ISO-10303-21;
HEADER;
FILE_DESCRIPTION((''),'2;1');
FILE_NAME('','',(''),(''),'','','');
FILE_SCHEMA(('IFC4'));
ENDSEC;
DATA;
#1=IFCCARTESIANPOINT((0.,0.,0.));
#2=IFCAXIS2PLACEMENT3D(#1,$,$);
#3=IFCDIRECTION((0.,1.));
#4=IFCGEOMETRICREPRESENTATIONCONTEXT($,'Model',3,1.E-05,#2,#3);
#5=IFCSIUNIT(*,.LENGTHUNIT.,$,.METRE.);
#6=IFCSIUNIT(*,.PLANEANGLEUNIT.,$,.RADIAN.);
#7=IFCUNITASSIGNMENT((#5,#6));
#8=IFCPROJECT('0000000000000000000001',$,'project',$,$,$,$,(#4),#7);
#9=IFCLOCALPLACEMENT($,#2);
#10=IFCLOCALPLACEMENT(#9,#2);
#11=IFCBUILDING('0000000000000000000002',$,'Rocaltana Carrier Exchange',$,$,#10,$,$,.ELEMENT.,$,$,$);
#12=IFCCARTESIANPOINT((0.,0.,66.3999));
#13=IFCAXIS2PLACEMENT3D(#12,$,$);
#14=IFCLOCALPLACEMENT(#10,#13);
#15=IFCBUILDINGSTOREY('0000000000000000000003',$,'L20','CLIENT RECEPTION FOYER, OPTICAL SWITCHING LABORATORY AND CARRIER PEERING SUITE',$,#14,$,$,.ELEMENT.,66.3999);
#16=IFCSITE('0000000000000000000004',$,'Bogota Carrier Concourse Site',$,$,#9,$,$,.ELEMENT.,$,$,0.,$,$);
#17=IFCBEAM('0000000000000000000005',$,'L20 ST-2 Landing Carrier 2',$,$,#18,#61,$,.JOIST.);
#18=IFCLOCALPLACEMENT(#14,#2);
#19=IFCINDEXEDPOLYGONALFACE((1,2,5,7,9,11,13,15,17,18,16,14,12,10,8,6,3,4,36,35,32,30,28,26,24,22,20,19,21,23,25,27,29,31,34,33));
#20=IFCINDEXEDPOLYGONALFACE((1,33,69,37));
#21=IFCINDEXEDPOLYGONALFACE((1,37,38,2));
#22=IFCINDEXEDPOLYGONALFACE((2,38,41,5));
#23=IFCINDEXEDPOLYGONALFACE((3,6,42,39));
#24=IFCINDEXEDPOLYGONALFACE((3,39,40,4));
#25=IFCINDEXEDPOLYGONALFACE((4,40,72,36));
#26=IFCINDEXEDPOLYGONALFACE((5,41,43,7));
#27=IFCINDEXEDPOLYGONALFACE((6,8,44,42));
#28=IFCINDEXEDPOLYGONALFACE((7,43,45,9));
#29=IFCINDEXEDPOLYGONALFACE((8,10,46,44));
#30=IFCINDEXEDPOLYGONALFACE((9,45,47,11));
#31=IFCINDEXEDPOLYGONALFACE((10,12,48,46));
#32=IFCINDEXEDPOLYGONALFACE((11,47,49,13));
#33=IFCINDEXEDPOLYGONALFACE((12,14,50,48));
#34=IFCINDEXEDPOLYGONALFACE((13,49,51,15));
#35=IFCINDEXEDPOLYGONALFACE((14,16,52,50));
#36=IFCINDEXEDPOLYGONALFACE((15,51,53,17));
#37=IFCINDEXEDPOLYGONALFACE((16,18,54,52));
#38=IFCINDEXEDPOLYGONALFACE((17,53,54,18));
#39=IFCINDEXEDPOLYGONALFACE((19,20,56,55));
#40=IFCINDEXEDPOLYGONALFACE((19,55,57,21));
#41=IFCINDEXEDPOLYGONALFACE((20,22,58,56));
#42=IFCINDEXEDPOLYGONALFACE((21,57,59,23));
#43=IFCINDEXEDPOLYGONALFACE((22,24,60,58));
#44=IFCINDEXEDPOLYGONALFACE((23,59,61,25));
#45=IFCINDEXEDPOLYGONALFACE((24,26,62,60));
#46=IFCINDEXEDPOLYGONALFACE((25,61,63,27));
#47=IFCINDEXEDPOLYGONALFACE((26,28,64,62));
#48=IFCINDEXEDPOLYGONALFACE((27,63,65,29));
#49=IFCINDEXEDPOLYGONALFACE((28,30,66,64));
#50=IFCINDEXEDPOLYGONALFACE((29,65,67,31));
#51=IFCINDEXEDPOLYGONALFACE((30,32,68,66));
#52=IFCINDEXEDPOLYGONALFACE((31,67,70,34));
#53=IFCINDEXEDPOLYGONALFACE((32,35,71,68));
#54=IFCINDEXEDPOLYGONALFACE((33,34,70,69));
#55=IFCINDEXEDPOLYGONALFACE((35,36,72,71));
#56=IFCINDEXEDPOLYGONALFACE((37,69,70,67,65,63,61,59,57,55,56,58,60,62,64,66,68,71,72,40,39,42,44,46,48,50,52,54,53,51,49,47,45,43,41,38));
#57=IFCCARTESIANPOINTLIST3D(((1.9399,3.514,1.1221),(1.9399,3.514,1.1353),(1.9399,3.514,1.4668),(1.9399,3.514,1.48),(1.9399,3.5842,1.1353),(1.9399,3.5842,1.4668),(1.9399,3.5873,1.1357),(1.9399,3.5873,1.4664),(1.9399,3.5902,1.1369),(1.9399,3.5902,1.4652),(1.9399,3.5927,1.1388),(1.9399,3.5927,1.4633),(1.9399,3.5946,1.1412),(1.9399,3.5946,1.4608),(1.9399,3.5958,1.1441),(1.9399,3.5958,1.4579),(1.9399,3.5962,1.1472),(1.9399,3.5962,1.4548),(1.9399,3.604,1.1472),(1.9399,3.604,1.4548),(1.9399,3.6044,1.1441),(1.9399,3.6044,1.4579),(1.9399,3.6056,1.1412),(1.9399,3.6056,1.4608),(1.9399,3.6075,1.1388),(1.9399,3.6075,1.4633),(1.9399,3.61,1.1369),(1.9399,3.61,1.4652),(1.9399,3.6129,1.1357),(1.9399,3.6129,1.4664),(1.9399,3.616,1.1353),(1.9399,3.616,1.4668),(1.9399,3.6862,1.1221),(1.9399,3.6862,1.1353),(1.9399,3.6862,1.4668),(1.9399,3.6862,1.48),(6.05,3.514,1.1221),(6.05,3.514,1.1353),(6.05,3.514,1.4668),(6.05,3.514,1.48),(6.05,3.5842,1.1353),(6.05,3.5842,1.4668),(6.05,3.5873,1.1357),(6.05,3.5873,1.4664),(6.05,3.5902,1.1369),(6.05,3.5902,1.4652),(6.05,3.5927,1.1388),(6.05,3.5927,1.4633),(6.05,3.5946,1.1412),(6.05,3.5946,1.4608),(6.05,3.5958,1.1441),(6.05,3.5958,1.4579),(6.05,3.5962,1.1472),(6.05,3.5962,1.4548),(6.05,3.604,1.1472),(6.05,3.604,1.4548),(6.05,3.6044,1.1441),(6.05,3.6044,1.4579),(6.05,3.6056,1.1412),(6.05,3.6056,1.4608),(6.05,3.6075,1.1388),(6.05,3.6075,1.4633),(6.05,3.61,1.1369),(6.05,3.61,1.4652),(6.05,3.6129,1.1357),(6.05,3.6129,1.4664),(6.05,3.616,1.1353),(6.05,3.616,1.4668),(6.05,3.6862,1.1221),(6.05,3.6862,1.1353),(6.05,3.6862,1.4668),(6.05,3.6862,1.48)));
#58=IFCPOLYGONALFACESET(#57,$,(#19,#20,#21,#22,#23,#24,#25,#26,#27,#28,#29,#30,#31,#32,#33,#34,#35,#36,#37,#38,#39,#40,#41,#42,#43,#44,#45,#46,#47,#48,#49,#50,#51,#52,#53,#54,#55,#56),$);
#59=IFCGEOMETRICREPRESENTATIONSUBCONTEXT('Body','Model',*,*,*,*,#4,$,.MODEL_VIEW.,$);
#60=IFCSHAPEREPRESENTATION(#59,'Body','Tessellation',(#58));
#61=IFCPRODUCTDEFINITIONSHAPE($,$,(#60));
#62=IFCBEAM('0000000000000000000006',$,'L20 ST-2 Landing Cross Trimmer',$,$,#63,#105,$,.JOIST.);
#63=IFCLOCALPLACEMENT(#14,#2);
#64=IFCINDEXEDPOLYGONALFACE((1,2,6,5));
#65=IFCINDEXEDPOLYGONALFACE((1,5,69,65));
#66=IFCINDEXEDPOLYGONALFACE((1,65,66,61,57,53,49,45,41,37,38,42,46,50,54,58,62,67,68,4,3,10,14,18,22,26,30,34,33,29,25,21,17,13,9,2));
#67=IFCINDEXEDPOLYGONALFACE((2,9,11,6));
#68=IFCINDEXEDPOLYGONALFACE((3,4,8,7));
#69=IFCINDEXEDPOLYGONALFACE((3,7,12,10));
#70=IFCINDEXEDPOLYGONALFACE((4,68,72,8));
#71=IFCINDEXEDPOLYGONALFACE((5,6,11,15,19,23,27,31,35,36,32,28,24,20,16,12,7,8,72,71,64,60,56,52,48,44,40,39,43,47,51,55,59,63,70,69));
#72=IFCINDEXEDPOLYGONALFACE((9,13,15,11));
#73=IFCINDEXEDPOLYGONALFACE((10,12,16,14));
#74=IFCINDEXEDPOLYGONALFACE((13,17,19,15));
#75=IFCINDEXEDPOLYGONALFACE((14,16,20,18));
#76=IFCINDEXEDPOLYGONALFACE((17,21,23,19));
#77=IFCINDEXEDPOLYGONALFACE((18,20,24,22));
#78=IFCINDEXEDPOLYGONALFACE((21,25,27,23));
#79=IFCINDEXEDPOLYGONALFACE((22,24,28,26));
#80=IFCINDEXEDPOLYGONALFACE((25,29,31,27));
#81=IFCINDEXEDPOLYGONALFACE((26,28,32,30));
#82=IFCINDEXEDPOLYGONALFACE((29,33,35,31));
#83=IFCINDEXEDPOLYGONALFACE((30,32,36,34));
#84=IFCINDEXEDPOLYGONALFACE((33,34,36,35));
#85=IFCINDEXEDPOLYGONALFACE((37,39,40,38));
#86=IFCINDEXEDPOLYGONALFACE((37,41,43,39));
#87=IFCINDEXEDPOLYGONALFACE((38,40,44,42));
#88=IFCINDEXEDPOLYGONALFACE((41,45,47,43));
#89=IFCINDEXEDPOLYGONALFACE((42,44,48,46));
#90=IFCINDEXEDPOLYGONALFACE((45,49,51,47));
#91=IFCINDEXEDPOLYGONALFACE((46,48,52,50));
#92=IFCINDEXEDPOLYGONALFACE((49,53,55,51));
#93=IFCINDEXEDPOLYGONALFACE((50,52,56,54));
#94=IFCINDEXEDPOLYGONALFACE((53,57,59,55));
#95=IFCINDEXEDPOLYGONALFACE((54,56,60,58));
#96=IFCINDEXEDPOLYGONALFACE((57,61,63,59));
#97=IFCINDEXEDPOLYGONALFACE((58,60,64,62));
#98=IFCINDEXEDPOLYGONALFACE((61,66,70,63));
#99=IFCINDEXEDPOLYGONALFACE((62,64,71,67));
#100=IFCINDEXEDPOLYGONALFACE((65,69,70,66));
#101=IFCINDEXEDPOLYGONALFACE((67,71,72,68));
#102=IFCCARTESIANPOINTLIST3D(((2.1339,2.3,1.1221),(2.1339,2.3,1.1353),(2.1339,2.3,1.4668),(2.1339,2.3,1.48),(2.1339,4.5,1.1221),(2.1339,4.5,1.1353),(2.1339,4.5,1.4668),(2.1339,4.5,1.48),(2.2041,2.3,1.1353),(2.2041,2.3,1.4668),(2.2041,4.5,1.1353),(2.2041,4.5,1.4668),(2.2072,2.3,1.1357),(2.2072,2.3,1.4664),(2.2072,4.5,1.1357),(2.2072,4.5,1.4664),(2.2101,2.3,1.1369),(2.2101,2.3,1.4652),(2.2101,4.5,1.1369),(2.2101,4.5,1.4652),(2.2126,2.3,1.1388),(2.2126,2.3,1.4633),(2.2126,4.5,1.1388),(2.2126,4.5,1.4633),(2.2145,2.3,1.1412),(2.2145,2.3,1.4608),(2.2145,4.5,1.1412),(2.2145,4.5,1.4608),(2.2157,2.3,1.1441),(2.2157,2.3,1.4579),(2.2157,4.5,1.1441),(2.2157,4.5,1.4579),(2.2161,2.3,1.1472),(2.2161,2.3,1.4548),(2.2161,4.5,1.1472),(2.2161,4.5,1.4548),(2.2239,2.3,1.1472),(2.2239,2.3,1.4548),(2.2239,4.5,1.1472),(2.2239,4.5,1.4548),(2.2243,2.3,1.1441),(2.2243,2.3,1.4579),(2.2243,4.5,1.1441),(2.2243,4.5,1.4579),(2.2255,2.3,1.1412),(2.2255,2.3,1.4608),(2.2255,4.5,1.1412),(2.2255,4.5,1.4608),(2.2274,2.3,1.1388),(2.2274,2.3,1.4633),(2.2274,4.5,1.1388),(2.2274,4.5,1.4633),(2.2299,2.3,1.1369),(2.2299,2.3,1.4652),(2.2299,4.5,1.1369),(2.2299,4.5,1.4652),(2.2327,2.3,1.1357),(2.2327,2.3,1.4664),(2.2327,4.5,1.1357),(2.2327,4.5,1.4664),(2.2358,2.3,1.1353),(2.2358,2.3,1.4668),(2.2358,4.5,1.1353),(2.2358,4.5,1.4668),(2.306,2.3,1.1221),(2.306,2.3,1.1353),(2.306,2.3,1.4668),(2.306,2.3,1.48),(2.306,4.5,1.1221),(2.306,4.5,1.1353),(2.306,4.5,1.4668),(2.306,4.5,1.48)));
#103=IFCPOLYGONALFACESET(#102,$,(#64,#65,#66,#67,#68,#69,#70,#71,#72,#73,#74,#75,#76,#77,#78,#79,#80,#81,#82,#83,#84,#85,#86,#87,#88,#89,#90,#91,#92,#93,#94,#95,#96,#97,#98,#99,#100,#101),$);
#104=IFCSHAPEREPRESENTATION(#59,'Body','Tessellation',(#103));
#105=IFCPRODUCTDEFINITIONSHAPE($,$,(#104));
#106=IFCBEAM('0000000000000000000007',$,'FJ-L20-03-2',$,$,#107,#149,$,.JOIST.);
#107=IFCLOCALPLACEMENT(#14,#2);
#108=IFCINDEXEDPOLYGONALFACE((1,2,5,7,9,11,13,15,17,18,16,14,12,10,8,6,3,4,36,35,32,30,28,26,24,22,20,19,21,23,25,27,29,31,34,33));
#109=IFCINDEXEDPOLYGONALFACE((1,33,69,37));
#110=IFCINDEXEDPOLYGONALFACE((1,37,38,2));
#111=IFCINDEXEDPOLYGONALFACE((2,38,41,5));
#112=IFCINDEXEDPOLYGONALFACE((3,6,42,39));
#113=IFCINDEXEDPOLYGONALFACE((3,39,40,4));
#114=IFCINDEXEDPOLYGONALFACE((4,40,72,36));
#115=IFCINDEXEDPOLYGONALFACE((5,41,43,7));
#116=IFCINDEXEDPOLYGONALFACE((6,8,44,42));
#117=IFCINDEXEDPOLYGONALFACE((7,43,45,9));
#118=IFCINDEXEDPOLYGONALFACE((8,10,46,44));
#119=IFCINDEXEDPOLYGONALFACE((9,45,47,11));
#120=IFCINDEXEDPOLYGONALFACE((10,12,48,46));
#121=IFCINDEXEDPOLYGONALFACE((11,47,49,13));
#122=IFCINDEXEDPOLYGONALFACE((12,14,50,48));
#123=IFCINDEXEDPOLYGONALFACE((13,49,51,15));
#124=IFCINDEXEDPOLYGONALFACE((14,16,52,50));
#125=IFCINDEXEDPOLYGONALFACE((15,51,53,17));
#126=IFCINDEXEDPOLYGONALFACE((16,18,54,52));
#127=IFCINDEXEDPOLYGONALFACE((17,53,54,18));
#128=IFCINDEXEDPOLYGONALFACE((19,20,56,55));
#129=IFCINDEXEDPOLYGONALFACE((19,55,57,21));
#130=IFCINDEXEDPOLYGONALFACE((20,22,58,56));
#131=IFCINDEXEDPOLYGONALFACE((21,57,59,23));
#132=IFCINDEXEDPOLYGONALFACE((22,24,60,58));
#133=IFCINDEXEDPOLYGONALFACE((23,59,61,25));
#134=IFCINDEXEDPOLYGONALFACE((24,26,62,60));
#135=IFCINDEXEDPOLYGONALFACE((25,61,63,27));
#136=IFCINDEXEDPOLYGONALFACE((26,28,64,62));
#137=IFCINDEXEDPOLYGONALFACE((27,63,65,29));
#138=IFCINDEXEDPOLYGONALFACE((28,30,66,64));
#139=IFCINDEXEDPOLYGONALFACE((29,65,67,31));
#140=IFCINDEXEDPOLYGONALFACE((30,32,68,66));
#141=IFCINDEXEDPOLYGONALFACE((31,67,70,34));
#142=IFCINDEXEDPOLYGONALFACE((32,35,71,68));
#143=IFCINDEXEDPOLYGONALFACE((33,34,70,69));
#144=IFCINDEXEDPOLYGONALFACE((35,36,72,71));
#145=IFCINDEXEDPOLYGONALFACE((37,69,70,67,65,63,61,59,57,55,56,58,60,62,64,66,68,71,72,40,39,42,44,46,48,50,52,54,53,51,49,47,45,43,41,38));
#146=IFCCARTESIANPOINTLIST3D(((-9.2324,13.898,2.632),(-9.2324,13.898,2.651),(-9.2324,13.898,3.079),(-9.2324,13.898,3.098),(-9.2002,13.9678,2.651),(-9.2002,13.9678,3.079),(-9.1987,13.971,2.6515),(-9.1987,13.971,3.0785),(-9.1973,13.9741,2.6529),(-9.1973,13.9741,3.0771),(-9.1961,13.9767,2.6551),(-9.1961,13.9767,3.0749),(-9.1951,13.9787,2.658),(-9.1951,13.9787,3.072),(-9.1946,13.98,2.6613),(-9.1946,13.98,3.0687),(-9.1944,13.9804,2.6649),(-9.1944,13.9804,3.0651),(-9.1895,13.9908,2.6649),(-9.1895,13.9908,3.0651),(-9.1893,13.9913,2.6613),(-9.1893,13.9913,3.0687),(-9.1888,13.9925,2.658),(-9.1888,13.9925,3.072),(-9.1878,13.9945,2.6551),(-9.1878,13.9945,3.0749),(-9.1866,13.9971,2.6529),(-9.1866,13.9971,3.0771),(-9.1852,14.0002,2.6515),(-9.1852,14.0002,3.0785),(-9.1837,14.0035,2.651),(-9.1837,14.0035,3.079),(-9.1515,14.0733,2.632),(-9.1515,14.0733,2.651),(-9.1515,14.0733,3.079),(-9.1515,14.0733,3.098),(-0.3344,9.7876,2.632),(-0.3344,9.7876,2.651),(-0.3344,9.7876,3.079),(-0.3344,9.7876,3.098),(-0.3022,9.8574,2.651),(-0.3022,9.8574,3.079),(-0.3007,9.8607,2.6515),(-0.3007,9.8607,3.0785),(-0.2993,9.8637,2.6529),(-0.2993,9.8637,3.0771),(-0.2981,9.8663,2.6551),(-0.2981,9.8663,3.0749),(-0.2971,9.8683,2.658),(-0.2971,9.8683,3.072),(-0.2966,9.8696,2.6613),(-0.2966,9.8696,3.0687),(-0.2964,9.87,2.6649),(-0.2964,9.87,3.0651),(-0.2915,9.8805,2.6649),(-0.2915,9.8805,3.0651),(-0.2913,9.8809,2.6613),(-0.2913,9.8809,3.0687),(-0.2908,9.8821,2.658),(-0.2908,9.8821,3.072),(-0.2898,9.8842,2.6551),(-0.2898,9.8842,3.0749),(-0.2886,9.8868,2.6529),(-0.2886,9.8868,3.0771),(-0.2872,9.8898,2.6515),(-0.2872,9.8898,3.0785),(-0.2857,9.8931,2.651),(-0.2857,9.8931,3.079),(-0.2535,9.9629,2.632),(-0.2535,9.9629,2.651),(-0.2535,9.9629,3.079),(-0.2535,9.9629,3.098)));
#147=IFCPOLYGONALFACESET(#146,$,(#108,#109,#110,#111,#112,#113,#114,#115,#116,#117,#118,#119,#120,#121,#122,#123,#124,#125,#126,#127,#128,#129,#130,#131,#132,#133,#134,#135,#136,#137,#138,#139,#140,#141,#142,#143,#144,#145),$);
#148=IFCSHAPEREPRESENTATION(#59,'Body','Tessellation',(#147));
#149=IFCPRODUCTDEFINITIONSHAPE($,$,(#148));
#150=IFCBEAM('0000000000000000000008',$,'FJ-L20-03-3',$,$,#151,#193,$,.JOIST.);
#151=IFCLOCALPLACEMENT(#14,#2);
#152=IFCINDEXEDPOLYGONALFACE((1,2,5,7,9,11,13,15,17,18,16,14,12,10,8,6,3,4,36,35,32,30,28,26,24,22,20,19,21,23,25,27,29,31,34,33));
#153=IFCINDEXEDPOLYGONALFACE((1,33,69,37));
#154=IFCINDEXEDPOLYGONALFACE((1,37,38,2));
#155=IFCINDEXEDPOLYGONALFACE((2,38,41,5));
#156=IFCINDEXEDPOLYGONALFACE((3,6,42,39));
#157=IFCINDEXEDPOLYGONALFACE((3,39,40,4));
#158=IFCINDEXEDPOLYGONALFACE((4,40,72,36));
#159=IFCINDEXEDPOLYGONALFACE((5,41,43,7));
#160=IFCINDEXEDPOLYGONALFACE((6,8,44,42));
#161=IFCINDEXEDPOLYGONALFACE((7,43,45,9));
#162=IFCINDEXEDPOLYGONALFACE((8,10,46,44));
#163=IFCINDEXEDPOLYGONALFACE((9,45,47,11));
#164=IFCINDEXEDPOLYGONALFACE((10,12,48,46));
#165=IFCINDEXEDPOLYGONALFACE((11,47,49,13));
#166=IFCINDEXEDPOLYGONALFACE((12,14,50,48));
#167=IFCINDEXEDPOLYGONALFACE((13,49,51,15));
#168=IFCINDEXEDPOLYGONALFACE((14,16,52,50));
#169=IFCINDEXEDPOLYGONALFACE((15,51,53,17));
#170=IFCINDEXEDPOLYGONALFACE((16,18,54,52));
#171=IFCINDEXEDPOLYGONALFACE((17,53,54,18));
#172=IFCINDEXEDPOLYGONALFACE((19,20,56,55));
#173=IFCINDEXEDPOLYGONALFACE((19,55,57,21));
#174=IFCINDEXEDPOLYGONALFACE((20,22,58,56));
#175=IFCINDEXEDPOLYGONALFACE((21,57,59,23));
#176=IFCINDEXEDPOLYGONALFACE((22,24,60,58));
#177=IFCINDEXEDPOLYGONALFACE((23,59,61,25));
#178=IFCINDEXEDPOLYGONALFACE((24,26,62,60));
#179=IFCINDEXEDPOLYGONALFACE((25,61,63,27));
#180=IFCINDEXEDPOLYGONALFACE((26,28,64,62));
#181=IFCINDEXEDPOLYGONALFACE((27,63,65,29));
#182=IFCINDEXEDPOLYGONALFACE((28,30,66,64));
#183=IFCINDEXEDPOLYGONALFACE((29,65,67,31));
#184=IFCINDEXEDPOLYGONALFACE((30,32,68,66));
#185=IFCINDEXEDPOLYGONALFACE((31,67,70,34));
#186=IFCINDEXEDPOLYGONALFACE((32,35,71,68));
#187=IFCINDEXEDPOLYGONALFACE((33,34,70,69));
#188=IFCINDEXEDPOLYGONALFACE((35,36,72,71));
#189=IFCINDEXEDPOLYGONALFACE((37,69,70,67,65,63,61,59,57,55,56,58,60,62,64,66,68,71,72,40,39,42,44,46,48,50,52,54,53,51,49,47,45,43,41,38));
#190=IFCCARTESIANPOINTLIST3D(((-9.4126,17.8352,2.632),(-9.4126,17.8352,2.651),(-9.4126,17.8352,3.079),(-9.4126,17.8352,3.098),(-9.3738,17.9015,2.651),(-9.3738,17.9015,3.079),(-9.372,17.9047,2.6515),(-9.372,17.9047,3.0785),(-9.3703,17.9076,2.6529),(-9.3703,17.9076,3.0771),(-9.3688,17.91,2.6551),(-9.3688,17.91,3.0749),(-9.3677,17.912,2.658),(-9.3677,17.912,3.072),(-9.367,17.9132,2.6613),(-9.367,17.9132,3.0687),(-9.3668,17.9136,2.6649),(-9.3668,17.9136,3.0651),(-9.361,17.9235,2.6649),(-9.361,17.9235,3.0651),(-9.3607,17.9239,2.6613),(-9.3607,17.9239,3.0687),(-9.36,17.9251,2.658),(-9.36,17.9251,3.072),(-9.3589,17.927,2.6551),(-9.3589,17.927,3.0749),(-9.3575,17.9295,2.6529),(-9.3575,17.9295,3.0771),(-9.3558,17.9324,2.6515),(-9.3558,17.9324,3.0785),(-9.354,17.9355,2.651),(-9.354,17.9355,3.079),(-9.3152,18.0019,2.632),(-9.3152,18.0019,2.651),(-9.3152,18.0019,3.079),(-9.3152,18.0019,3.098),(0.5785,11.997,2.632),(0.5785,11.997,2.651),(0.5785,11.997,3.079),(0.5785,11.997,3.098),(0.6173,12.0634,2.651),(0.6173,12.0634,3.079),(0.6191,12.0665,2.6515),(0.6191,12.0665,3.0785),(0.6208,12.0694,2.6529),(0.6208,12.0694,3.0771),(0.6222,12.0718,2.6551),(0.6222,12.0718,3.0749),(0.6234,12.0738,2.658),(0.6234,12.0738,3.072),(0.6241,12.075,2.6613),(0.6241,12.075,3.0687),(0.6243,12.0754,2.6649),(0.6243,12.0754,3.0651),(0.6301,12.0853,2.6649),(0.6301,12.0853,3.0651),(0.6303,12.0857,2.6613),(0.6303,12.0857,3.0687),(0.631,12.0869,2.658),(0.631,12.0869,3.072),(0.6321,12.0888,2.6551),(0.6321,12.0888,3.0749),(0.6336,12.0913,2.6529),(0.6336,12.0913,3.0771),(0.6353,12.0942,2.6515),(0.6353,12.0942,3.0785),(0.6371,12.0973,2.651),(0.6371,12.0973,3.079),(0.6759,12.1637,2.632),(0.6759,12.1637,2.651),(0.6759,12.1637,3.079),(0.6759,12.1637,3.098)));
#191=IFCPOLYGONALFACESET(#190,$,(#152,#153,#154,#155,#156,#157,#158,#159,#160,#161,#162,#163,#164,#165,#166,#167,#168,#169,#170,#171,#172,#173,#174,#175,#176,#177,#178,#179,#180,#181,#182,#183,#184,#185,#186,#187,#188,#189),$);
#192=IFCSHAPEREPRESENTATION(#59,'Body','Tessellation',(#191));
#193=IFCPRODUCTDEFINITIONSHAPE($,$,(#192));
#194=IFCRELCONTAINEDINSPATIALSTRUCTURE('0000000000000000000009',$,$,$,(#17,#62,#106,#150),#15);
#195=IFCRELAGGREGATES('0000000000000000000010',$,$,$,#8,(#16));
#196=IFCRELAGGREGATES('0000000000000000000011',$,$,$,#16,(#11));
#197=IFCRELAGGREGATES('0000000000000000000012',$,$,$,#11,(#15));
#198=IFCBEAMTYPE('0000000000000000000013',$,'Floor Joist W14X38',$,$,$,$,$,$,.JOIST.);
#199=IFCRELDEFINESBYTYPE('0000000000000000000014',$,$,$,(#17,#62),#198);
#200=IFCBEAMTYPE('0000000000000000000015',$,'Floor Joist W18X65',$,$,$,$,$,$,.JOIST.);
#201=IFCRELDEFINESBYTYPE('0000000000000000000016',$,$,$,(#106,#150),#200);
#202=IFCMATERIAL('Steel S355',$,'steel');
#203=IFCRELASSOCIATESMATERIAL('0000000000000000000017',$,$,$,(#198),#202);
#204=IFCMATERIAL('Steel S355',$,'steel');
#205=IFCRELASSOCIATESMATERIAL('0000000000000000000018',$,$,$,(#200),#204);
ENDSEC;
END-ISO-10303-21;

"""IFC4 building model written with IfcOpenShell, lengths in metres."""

from ifc_helpers import new_model, si_unit, direction, frame, origin, origin_2d, place, context, subcontext, project, spatial, i_section, extrude, material, material_profile, profile_set, type_object, element, save


model = new_model("IFC4")

# Units and contexts
model_context = context("Model", 3, precision=1e-05, world=origin(), true_north=direction((0.0, 1.0)))
body_context = subcontext(model_context, "Body", "Model", "MODEL_VIEW")
ifc_project = project(units=[si_unit("LENGTHUNIT", "METRE"), si_unit("PLANEANGLEUNIT", "RADIAN")], contexts=[model_context])

# Site, building, storey
site_placement = place(None, origin())
site = spatial("IfcSite", under=ifc_project, at=site_placement, Name="Bogota Carrier Concourse Site", CompositionType="ELEMENT", RefElevation=0.0)
building_placement = place(site_placement, origin())
building = spatial("IfcBuilding", under=site, at=building_placement, Name="Rocaltana Carrier Exchange", CompositionType="ELEMENT")
storey_placement = place(building_placement, frame((0.0, 0.0, 66.3999)))
storey = spatial("IfcBuildingStorey", under=building, at=storey_placement, Name="L20", Description="CLIENT RECEPTION FOYER, OPTICAL SWITCHING LABORATORY AND CARRIER PEERING SUITE", CompositionType="ELEMENT", Elevation=66.3999)

# Beams
ifc_material_1 = material(Name="Steel S355", Category="steel")
ifc_material_profile_1 = material_profile(ifc_material_1, i_section(OverallWidth=0.1721, OverallDepth=0.3579, WebThickness=0.0078, FlangeThickness=0.0132, FilletRadius=0.012, at=origin_2d()), Name="W14X38")
ifc_profile_set_1 = profile_set([ifc_material_profile_1], Name="Steel S355")
beam_type_1 = type_object("IfcBeamType", Name="Floor Joist W14X38", PredefinedType="JOIST", material=ifc_profile_set_1)
for number, where, z_axis, x_axis, name in (
    (1, (1.9399, 3.6001, 1.301), (1.0, 0.0, 0.0), (0.0, 1.0, 0.0), "L20 ST-2 Landing Carrier 2"),
):
    element("IfcBeam", number, at=place(storey_placement, frame(where, z_axis=z_axis, x_axis=x_axis)), inside=storey, type_object=beam_type_1, Name=name, PredefinedType="JOIST", context=body_context, shape_type="SweptSolid", body=[
        extrude(i_section(OverallWidth=0.1721, OverallDepth=0.3579, WebThickness=0.0078, FlangeThickness=0.0132, FilletRadius=0.012, at=origin_2d()), origin(), (0.0, 0.0, 1.0), 4.1101),
    ])
beam_1_placement = place(storey_placement, frame((2.22, 2.3, 1.301), z_axis=(0.0, 1.0, 0.0), x_axis=(-1.0, 0.0, 0.0)))
element("IfcBeam", 2, at=beam_1_placement, inside=storey, type_object=beam_type_1, Name="L20 ST-2 Landing Cross Trimmer", PredefinedType="JOIST", context=body_context, shape_type="SweptSolid", body=[
    extrude(i_section(OverallWidth=0.1721, OverallDepth=0.3579, WebThickness=0.0078, FlangeThickness=0.0132, FilletRadius=0.012, at=origin_2d()), origin(), (0.0, 0.0, 1.0), 2.2),
])
ifc_material_2 = material(Name="Steel S355", Category="steel")
ifc_material_profile_2 = material_profile(ifc_material_2, i_section(OverallWidth=0.1931, OverallDepth=0.4661, WebThickness=0.0115, FlangeThickness=0.019, FilletRadius=0.0139, at=origin_2d()), Name="W18X65")
ifc_profile_set_2 = profile_set([ifc_material_profile_2], Name="Steel S355")
beam_type_2 = type_object("IfcBeamType", Name="Floor Joist W18X65", PredefinedType="JOIST", material=ifc_profile_set_2)
beam_2_placement = place(storey_placement, frame((-0.2939, 9.8752, 2.865), z_axis=(-0.907819, 0.419361, 0.0), x_axis=(-0.419361, -0.907819, 0.0)))
element("IfcBeam", 3, at=beam_2_placement, inside=storey, type_object=beam_type_2, Name="FJ-L20-03-2", PredefinedType="JOIST", context=body_context, shape_type="SweptSolid", body=[
    extrude(i_section(OverallWidth=0.1931, OverallDepth=0.4661, WebThickness=0.0115, FlangeThickness=0.019, FilletRadius=0.0139, at=origin_2d()), origin(), (0.0, 0.0, 1.0), 9.8015),
])
beam_3_placement = place(storey_placement, frame((0.6272, 12.0803, 2.865), z_axis=(-0.8634, 0.50452, 0.0), x_axis=(-0.50452, -0.8634, 0.0)))
element("IfcBeam", 4, at=beam_3_placement, inside=storey, type_object=beam_type_2, Name="FJ-L20-03-3", PredefinedType="JOIST", context=body_context, shape_type="SweptSolid", body=[
    extrude(i_section(OverallWidth=0.1931, OverallDepth=0.4661, WebThickness=0.0115, FlangeThickness=0.019, FilletRadius=0.0139, at=origin_2d()), origin(), (0.0, 0.0, 1.0), 11.5718),
])

save(model, "model.ifc")
